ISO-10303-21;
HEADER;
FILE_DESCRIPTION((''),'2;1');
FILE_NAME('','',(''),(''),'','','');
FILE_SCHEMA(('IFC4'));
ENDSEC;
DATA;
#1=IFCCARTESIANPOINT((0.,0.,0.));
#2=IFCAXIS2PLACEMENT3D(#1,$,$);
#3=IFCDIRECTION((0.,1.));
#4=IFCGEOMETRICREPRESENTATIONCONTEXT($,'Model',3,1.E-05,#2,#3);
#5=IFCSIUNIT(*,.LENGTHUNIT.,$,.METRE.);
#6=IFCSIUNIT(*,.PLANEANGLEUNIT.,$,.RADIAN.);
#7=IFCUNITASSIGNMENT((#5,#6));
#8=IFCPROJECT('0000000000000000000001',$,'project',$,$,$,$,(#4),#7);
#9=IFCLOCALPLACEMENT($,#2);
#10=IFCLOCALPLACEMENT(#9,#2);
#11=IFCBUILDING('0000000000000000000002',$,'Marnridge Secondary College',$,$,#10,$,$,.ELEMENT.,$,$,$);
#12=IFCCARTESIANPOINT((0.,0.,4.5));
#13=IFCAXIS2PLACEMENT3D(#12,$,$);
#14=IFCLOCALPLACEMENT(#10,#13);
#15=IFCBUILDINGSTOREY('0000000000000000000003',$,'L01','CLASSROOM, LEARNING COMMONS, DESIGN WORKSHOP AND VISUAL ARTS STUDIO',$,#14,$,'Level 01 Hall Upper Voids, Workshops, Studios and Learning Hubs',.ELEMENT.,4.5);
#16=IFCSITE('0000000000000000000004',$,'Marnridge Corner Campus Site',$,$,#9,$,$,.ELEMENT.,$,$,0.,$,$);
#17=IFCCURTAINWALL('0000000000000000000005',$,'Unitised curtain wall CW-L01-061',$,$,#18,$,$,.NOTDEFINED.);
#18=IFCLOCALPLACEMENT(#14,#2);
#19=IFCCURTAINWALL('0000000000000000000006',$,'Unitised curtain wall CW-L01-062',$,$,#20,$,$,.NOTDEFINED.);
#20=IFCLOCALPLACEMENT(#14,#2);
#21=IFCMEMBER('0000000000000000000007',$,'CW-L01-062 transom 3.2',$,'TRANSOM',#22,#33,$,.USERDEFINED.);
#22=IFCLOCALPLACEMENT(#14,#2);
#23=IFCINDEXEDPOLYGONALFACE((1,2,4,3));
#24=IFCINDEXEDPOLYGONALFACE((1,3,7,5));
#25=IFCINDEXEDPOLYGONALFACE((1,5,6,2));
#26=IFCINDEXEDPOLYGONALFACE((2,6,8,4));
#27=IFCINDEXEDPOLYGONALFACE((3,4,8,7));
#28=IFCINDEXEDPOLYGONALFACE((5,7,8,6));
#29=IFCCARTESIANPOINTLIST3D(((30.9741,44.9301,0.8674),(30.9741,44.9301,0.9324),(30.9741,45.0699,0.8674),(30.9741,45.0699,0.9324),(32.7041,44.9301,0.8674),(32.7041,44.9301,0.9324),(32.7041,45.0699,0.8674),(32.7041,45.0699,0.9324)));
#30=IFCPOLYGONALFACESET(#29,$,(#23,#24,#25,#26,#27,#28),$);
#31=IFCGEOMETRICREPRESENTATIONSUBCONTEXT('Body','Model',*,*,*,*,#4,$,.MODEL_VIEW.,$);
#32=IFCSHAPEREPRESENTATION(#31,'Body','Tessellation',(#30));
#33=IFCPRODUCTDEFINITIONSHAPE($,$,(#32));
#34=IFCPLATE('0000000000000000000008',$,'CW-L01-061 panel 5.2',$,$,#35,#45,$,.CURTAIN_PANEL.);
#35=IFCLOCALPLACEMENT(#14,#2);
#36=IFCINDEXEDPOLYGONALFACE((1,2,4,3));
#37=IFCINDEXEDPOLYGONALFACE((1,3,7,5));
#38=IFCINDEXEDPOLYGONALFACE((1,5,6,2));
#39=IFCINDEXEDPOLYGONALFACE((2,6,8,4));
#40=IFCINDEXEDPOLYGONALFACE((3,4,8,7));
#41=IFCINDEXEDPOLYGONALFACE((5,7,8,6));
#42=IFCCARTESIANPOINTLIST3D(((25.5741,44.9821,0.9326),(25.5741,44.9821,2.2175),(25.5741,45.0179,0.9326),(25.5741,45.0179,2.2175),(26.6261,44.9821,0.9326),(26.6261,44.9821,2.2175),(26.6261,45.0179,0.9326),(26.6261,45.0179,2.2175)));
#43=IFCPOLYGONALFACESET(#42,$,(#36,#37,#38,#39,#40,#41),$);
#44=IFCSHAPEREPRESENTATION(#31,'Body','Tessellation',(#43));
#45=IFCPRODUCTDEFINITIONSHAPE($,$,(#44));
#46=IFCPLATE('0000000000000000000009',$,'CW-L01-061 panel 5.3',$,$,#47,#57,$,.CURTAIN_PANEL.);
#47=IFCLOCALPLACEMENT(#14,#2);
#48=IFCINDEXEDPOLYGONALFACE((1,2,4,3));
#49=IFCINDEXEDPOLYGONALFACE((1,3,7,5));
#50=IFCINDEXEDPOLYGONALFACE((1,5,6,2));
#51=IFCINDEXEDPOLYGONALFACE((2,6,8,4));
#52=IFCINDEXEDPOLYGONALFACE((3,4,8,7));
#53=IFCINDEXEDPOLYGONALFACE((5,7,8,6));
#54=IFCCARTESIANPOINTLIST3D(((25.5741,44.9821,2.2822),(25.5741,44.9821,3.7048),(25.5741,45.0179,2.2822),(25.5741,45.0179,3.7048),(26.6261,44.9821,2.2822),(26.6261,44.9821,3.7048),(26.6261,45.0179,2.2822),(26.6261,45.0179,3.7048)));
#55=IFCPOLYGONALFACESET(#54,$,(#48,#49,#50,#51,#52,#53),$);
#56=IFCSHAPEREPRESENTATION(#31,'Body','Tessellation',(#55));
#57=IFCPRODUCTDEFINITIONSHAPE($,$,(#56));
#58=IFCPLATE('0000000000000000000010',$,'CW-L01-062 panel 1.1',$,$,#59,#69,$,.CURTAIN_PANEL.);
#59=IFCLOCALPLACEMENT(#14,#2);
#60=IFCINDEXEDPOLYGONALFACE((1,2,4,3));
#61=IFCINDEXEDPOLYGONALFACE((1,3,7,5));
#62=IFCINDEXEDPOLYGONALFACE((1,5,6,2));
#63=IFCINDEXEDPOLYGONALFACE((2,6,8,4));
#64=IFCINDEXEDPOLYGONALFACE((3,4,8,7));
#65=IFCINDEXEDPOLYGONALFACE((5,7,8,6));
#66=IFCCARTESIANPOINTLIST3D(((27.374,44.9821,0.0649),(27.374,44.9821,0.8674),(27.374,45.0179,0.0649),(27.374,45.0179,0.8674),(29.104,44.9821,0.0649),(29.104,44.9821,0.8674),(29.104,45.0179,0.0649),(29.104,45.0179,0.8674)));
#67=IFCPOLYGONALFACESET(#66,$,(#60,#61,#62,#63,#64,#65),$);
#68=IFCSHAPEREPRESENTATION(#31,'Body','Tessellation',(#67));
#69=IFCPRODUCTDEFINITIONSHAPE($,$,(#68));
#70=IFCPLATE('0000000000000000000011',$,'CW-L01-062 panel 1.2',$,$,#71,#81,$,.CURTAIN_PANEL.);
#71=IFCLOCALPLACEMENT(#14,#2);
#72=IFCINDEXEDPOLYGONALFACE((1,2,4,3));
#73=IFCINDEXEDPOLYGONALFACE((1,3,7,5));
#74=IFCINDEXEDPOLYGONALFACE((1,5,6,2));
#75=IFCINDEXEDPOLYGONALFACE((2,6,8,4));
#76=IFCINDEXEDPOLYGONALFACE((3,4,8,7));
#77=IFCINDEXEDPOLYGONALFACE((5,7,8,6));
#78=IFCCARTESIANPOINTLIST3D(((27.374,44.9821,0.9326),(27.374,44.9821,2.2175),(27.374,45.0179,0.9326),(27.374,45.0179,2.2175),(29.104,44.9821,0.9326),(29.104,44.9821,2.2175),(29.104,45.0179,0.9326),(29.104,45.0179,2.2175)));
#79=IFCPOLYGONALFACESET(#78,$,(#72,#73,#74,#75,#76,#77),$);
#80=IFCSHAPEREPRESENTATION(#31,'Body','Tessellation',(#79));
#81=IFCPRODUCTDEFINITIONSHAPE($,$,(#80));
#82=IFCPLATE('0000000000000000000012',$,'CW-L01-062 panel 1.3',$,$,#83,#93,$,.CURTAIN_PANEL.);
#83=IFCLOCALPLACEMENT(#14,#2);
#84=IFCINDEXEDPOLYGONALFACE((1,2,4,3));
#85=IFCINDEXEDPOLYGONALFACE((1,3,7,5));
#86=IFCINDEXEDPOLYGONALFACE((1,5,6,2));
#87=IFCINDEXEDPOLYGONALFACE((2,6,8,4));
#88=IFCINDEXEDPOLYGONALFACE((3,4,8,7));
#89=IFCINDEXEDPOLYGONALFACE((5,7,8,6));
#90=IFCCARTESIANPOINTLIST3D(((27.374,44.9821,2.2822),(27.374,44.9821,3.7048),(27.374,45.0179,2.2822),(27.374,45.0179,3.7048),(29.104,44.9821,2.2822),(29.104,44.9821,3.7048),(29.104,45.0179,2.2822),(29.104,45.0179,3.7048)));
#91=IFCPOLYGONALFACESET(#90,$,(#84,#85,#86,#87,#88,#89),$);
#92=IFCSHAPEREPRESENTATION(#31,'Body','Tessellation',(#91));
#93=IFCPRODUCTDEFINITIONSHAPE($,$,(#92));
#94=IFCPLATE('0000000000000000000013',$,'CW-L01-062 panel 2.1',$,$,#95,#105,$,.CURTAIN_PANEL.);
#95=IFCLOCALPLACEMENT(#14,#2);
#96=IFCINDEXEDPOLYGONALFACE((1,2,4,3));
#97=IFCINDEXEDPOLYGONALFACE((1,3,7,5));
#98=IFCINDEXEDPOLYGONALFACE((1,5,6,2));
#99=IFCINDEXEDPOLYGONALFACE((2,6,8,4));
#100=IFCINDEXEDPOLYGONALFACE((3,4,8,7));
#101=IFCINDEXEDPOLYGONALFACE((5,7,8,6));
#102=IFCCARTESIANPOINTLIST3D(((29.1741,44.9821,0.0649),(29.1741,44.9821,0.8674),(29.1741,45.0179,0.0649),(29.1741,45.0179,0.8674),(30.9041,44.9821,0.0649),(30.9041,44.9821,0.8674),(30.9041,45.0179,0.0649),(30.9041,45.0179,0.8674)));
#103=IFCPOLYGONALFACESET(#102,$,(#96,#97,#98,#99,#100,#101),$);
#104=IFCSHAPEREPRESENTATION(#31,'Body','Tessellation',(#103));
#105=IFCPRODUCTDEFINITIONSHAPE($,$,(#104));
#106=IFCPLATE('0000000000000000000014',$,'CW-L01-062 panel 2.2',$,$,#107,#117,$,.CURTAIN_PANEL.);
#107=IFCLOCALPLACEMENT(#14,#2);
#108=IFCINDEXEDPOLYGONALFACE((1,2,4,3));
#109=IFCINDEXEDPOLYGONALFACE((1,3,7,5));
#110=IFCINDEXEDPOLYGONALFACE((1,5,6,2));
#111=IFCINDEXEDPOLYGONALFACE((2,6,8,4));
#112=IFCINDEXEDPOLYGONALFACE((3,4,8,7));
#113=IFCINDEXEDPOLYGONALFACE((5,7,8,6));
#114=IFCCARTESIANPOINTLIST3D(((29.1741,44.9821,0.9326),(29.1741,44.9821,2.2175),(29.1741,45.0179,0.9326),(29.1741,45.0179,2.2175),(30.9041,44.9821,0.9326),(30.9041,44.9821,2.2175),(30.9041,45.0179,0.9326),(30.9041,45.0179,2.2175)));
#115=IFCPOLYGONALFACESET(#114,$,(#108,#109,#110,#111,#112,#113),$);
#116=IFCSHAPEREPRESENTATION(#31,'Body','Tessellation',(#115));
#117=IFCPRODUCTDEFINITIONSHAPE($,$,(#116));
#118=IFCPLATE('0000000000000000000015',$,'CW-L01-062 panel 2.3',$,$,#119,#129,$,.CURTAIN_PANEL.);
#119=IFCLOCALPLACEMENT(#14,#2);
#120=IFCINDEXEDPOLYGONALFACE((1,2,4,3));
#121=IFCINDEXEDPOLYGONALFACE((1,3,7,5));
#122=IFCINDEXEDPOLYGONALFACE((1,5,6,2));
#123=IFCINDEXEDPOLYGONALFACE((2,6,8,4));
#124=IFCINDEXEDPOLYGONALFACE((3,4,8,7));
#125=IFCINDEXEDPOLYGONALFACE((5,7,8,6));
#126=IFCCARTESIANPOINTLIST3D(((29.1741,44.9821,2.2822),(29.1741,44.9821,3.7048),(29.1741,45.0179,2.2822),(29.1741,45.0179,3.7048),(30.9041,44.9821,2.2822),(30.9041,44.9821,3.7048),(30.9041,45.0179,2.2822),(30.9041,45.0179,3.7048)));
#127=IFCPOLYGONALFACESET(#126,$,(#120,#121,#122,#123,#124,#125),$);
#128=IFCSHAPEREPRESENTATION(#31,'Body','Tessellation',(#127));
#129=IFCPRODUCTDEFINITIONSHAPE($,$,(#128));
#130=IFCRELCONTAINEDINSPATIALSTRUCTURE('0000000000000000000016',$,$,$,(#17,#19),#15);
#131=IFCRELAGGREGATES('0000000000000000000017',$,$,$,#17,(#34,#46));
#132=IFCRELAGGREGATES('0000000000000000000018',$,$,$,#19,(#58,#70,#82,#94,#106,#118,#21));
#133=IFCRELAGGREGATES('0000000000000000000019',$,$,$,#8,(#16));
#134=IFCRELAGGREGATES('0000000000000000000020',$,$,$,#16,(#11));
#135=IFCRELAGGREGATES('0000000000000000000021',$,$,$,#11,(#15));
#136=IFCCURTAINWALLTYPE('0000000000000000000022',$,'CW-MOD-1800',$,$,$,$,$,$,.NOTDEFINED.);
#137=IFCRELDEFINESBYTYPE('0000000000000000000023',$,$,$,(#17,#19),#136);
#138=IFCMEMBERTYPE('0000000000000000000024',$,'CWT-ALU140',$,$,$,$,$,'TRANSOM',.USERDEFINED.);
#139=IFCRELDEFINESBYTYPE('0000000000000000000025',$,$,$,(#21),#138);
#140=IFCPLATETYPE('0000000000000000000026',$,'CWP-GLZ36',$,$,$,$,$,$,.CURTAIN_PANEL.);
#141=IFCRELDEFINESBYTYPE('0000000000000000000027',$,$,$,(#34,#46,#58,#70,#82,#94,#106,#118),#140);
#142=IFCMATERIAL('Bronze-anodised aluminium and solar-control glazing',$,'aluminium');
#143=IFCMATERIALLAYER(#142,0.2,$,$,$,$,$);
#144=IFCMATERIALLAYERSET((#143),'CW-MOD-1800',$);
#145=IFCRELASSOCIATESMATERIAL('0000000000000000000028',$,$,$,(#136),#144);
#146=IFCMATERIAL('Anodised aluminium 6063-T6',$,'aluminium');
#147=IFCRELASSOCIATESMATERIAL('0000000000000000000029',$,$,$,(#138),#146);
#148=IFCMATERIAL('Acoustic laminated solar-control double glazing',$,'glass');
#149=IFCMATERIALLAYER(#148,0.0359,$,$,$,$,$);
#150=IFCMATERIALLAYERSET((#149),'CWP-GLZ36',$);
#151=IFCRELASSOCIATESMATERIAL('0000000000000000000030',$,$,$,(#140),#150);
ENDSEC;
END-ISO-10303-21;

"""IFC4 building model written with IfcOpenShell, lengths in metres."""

from ifc_helpers import new_model, si_unit, direction, frame, origin, origin_2d, place, context, subcontext, project, spatial, rectangle, extrude, material, layer, layer_set, material_profile, profile_set, type_object, element, aggregate, save


model = new_model("IFC4")

# Units and contexts
model_context = context("Model", 3, precision=1e-05, world=origin(), true_north=direction((0.0, 1.0)))
body_context = subcontext(model_context, "Body", "Model", "MODEL_VIEW")
ifc_project = project(units=[si_unit("LENGTHUNIT", "METRE"), si_unit("PLANEANGLEUNIT", "RADIAN")], contexts=[model_context])

# Site, building, storey
site_placement = place(None, origin())
site = spatial("IfcSite", under=ifc_project, at=site_placement, Name="Marnridge Corner Campus Site", CompositionType="ELEMENT", RefElevation=0.0)
building_placement = place(site_placement, origin())
building = spatial("IfcBuilding", under=site, at=building_placement, Name="Marnridge Secondary College", CompositionType="ELEMENT")
storey_placement = place(building_placement, frame((0.0, 0.0, 4.5)))
storey = spatial("IfcBuildingStorey", under=building, at=storey_placement, Name="L01", Description="CLASSROOM, LEARNING COMMONS, DESIGN WORKSHOP AND VISUAL ARTS STUDIO", LongName="Level 01 Hall Upper Voids, Workshops, Studios and Learning Hubs", CompositionType="ELEMENT", Elevation=4.5)

# Curtain wall
ifc_material_1 = material(Name="Bronze-anodised aluminium and solar-control glazing", Category="aluminium")
ifc_layer_1 = layer(ifc_material_1, 0.2)
ifc_layer_set_1 = layer_set([ifc_layer_1], Name="CW-MOD-1800")
curtain_wall_type = type_object("IfcCurtainWallType", Name="CW-MOD-1800", PredefinedType="NOTDEFINED", material=ifc_layer_set_1)
curtain_wall_1_placement = place(storey_placement, origin())
curtain_wall_1 = element("IfcCurtainWall", 1, at=curtain_wall_1_placement, inside=storey, type_object=curtain_wall_type, Name="Unitised curtain wall CW-L01-061", PredefinedType="NOTDEFINED")

# Curtain wall, member
curtain_wall_2_placement = place(storey_placement, origin())
curtain_wall_2 = element("IfcCurtainWall", 2, at=curtain_wall_2_placement, inside=storey, type_object=curtain_wall_type, Name="Unitised curtain wall CW-L01-062", PredefinedType="NOTDEFINED")
ifc_material_2 = material(Name="Anodised aluminium 6063-T6", Category="aluminium")
ifc_material_profile_1 = material_profile(ifc_material_2, rectangle(XDim=0.0649, YDim=0.1399, at=origin_2d()), Name="ALU 65x140")
ifc_profile_set_1 = profile_set([ifc_material_profile_1], Name="Anodised aluminium 6063-T6")
member_type_1 = type_object("IfcMemberType", Name="CWT-ALU140", ElementType="TRANSOM", PredefinedType="USERDEFINED", material=ifc_profile_set_1)
member_1_placement = place(storey_placement, frame((30.9741, 45.0, 0.8999), z_axis=(1.0, 0.0, 0.0), x_axis=(0.0, 0.0, 1.0)))
member_1 = element("IfcMember", 3, at=member_1_placement, type_object=member_type_1, Name="CW-L01-062 transom 3.2", ObjectType="TRANSOM", PredefinedType="USERDEFINED", context=body_context, shape_type="SweptSolid", body=[
    extrude(rectangle(XDim=0.0649, YDim=0.1399, at=origin_2d()), origin(), (0.0, 0.0, 1.0), 1.73),
])

# Plates
ifc_material_3 = material(Name="Acoustic laminated solar-control double glazing", Category="glass")
ifc_layer_2 = layer(ifc_material_3, 0.0359)
ifc_layer_set_2 = layer_set([ifc_layer_2], Name="CWP-GLZ36")
plate_type = type_object("IfcPlateType", Name="CWP-GLZ36", PredefinedType="CURTAIN_PANEL", material=ifc_layer_set_2)
plate_1_placement = place(storey_placement, frame((26.1001, 45.0, 0.9326), z_axis=(0.0, 0.0, 1.0), x_axis=(1.0, 0.0, 0.0)))
plate_1 = element("IfcPlate", 4, at=plate_1_placement, type_object=plate_type, Name="CW-L01-061 panel 5.2", PredefinedType="CURTAIN_PANEL", context=body_context, shape_type="SweptSolid", body=[
    extrude(rectangle(XDim=1.052, YDim=0.0359, at=origin_2d()), origin(), (0.0, 0.0, 1.0), 1.2849),
])
plate_2_placement = place(storey_placement, frame((26.1001, 45.0, 2.2822), z_axis=(0.0, 0.0, 1.0), x_axis=(1.0, 0.0, 0.0)))
plate_2 = element("IfcPlate", 5, at=plate_2_placement, type_object=plate_type, Name="CW-L01-061 panel 5.3", PredefinedType="CURTAIN_PANEL", context=body_context, shape_type="SweptSolid", body=[
    extrude(rectangle(XDim=1.052, YDim=0.0359, at=origin_2d()), origin(), (0.0, 0.0, 1.0), 1.4226),
])
aggregate(curtain_wall_1, [plate_1, plate_2])
plate_3_placement = place(storey_placement, frame((28.239, 45.0, 0.0649), z_axis=(0.0, 0.0, 1.0), x_axis=(1.0, 0.0, 0.0)))
plate_3 = element("IfcPlate", 6, at=plate_3_placement, type_object=plate_type, Name="CW-L01-062 panel 1.1", PredefinedType="CURTAIN_PANEL", context=body_context, shape_type="SweptSolid", body=[
    extrude(rectangle(XDim=1.73, YDim=0.0359, at=origin_2d()), origin(), (0.0, 0.0, 1.0), 0.8025),
])
plate_4_placement = place(storey_placement, frame((28.239, 45.0, 0.9326), z_axis=(0.0, 0.0, 1.0), x_axis=(1.0, 0.0, 0.0)))
plate_4 = element("IfcPlate", 7, at=plate_4_placement, type_object=plate_type, Name="CW-L01-062 panel 1.2", PredefinedType="CURTAIN_PANEL", context=body_context, shape_type="SweptSolid", body=[
    extrude(rectangle(XDim=1.73, YDim=0.0359, at=origin_2d()), origin(), (0.0, 0.0, 1.0), 1.2849),
])
plate_5_placement = place(storey_placement, frame((28.239, 45.0, 2.2822), z_axis=(0.0, 0.0, 1.0), x_axis=(1.0, 0.0, 0.0)))
plate_5 = element("IfcPlate", 8, at=plate_5_placement, type_object=plate_type, Name="CW-L01-062 panel 1.3", PredefinedType="CURTAIN_PANEL", context=body_context, shape_type="SweptSolid", body=[
    extrude(rectangle(XDim=1.73, YDim=0.0359, at=origin_2d()), origin(), (0.0, 0.0, 1.0), 1.4226),
])
plate_6_placement = place(storey_placement, frame((30.0391, 45.0, 0.0649), z_axis=(0.0, 0.0, 1.0), x_axis=(1.0, 0.0, 0.0)))
plate_6 = element("IfcPlate", 9, at=plate_6_placement, type_object=plate_type, Name="CW-L01-062 panel 2.1", PredefinedType="CURTAIN_PANEL", context=body_context, shape_type="SweptSolid", body=[
    extrude(rectangle(XDim=1.73, YDim=0.0359, at=origin_2d()), origin(), (0.0, 0.0, 1.0), 0.8025),
])
plate_7_placement = place(storey_placement, frame((30.0391, 45.0, 0.9326), z_axis=(0.0, 0.0, 1.0), x_axis=(1.0, 0.0, 0.0)))
plate_7 = element("IfcPlate", 10, at=plate_7_placement, type_object=plate_type, Name="CW-L01-062 panel 2.2", PredefinedType="CURTAIN_PANEL", context=body_context, shape_type="SweptSolid", body=[
    extrude(rectangle(XDim=1.73, YDim=0.0359, at=origin_2d()), origin(), (0.0, 0.0, 1.0), 1.2849),
])
plate_8_placement = place(storey_placement, frame((30.0391, 45.0, 2.2822), z_axis=(0.0, 0.0, 1.0), x_axis=(1.0, 0.0, 0.0)))
plate_8 = element("IfcPlate", 11, at=plate_8_placement, type_object=plate_type, Name="CW-L01-062 panel 2.3", PredefinedType="CURTAIN_PANEL", context=body_context, shape_type="SweptSolid", body=[
    extrude(rectangle(XDim=1.73, YDim=0.0359, at=origin_2d()), origin(), (0.0, 0.0, 1.0), 1.4226),
])
aggregate(curtain_wall_2, [plate_3, plate_4, plate_5, plate_6, plate_7, plate_8, member_1])

save(model, "model.ifc")
